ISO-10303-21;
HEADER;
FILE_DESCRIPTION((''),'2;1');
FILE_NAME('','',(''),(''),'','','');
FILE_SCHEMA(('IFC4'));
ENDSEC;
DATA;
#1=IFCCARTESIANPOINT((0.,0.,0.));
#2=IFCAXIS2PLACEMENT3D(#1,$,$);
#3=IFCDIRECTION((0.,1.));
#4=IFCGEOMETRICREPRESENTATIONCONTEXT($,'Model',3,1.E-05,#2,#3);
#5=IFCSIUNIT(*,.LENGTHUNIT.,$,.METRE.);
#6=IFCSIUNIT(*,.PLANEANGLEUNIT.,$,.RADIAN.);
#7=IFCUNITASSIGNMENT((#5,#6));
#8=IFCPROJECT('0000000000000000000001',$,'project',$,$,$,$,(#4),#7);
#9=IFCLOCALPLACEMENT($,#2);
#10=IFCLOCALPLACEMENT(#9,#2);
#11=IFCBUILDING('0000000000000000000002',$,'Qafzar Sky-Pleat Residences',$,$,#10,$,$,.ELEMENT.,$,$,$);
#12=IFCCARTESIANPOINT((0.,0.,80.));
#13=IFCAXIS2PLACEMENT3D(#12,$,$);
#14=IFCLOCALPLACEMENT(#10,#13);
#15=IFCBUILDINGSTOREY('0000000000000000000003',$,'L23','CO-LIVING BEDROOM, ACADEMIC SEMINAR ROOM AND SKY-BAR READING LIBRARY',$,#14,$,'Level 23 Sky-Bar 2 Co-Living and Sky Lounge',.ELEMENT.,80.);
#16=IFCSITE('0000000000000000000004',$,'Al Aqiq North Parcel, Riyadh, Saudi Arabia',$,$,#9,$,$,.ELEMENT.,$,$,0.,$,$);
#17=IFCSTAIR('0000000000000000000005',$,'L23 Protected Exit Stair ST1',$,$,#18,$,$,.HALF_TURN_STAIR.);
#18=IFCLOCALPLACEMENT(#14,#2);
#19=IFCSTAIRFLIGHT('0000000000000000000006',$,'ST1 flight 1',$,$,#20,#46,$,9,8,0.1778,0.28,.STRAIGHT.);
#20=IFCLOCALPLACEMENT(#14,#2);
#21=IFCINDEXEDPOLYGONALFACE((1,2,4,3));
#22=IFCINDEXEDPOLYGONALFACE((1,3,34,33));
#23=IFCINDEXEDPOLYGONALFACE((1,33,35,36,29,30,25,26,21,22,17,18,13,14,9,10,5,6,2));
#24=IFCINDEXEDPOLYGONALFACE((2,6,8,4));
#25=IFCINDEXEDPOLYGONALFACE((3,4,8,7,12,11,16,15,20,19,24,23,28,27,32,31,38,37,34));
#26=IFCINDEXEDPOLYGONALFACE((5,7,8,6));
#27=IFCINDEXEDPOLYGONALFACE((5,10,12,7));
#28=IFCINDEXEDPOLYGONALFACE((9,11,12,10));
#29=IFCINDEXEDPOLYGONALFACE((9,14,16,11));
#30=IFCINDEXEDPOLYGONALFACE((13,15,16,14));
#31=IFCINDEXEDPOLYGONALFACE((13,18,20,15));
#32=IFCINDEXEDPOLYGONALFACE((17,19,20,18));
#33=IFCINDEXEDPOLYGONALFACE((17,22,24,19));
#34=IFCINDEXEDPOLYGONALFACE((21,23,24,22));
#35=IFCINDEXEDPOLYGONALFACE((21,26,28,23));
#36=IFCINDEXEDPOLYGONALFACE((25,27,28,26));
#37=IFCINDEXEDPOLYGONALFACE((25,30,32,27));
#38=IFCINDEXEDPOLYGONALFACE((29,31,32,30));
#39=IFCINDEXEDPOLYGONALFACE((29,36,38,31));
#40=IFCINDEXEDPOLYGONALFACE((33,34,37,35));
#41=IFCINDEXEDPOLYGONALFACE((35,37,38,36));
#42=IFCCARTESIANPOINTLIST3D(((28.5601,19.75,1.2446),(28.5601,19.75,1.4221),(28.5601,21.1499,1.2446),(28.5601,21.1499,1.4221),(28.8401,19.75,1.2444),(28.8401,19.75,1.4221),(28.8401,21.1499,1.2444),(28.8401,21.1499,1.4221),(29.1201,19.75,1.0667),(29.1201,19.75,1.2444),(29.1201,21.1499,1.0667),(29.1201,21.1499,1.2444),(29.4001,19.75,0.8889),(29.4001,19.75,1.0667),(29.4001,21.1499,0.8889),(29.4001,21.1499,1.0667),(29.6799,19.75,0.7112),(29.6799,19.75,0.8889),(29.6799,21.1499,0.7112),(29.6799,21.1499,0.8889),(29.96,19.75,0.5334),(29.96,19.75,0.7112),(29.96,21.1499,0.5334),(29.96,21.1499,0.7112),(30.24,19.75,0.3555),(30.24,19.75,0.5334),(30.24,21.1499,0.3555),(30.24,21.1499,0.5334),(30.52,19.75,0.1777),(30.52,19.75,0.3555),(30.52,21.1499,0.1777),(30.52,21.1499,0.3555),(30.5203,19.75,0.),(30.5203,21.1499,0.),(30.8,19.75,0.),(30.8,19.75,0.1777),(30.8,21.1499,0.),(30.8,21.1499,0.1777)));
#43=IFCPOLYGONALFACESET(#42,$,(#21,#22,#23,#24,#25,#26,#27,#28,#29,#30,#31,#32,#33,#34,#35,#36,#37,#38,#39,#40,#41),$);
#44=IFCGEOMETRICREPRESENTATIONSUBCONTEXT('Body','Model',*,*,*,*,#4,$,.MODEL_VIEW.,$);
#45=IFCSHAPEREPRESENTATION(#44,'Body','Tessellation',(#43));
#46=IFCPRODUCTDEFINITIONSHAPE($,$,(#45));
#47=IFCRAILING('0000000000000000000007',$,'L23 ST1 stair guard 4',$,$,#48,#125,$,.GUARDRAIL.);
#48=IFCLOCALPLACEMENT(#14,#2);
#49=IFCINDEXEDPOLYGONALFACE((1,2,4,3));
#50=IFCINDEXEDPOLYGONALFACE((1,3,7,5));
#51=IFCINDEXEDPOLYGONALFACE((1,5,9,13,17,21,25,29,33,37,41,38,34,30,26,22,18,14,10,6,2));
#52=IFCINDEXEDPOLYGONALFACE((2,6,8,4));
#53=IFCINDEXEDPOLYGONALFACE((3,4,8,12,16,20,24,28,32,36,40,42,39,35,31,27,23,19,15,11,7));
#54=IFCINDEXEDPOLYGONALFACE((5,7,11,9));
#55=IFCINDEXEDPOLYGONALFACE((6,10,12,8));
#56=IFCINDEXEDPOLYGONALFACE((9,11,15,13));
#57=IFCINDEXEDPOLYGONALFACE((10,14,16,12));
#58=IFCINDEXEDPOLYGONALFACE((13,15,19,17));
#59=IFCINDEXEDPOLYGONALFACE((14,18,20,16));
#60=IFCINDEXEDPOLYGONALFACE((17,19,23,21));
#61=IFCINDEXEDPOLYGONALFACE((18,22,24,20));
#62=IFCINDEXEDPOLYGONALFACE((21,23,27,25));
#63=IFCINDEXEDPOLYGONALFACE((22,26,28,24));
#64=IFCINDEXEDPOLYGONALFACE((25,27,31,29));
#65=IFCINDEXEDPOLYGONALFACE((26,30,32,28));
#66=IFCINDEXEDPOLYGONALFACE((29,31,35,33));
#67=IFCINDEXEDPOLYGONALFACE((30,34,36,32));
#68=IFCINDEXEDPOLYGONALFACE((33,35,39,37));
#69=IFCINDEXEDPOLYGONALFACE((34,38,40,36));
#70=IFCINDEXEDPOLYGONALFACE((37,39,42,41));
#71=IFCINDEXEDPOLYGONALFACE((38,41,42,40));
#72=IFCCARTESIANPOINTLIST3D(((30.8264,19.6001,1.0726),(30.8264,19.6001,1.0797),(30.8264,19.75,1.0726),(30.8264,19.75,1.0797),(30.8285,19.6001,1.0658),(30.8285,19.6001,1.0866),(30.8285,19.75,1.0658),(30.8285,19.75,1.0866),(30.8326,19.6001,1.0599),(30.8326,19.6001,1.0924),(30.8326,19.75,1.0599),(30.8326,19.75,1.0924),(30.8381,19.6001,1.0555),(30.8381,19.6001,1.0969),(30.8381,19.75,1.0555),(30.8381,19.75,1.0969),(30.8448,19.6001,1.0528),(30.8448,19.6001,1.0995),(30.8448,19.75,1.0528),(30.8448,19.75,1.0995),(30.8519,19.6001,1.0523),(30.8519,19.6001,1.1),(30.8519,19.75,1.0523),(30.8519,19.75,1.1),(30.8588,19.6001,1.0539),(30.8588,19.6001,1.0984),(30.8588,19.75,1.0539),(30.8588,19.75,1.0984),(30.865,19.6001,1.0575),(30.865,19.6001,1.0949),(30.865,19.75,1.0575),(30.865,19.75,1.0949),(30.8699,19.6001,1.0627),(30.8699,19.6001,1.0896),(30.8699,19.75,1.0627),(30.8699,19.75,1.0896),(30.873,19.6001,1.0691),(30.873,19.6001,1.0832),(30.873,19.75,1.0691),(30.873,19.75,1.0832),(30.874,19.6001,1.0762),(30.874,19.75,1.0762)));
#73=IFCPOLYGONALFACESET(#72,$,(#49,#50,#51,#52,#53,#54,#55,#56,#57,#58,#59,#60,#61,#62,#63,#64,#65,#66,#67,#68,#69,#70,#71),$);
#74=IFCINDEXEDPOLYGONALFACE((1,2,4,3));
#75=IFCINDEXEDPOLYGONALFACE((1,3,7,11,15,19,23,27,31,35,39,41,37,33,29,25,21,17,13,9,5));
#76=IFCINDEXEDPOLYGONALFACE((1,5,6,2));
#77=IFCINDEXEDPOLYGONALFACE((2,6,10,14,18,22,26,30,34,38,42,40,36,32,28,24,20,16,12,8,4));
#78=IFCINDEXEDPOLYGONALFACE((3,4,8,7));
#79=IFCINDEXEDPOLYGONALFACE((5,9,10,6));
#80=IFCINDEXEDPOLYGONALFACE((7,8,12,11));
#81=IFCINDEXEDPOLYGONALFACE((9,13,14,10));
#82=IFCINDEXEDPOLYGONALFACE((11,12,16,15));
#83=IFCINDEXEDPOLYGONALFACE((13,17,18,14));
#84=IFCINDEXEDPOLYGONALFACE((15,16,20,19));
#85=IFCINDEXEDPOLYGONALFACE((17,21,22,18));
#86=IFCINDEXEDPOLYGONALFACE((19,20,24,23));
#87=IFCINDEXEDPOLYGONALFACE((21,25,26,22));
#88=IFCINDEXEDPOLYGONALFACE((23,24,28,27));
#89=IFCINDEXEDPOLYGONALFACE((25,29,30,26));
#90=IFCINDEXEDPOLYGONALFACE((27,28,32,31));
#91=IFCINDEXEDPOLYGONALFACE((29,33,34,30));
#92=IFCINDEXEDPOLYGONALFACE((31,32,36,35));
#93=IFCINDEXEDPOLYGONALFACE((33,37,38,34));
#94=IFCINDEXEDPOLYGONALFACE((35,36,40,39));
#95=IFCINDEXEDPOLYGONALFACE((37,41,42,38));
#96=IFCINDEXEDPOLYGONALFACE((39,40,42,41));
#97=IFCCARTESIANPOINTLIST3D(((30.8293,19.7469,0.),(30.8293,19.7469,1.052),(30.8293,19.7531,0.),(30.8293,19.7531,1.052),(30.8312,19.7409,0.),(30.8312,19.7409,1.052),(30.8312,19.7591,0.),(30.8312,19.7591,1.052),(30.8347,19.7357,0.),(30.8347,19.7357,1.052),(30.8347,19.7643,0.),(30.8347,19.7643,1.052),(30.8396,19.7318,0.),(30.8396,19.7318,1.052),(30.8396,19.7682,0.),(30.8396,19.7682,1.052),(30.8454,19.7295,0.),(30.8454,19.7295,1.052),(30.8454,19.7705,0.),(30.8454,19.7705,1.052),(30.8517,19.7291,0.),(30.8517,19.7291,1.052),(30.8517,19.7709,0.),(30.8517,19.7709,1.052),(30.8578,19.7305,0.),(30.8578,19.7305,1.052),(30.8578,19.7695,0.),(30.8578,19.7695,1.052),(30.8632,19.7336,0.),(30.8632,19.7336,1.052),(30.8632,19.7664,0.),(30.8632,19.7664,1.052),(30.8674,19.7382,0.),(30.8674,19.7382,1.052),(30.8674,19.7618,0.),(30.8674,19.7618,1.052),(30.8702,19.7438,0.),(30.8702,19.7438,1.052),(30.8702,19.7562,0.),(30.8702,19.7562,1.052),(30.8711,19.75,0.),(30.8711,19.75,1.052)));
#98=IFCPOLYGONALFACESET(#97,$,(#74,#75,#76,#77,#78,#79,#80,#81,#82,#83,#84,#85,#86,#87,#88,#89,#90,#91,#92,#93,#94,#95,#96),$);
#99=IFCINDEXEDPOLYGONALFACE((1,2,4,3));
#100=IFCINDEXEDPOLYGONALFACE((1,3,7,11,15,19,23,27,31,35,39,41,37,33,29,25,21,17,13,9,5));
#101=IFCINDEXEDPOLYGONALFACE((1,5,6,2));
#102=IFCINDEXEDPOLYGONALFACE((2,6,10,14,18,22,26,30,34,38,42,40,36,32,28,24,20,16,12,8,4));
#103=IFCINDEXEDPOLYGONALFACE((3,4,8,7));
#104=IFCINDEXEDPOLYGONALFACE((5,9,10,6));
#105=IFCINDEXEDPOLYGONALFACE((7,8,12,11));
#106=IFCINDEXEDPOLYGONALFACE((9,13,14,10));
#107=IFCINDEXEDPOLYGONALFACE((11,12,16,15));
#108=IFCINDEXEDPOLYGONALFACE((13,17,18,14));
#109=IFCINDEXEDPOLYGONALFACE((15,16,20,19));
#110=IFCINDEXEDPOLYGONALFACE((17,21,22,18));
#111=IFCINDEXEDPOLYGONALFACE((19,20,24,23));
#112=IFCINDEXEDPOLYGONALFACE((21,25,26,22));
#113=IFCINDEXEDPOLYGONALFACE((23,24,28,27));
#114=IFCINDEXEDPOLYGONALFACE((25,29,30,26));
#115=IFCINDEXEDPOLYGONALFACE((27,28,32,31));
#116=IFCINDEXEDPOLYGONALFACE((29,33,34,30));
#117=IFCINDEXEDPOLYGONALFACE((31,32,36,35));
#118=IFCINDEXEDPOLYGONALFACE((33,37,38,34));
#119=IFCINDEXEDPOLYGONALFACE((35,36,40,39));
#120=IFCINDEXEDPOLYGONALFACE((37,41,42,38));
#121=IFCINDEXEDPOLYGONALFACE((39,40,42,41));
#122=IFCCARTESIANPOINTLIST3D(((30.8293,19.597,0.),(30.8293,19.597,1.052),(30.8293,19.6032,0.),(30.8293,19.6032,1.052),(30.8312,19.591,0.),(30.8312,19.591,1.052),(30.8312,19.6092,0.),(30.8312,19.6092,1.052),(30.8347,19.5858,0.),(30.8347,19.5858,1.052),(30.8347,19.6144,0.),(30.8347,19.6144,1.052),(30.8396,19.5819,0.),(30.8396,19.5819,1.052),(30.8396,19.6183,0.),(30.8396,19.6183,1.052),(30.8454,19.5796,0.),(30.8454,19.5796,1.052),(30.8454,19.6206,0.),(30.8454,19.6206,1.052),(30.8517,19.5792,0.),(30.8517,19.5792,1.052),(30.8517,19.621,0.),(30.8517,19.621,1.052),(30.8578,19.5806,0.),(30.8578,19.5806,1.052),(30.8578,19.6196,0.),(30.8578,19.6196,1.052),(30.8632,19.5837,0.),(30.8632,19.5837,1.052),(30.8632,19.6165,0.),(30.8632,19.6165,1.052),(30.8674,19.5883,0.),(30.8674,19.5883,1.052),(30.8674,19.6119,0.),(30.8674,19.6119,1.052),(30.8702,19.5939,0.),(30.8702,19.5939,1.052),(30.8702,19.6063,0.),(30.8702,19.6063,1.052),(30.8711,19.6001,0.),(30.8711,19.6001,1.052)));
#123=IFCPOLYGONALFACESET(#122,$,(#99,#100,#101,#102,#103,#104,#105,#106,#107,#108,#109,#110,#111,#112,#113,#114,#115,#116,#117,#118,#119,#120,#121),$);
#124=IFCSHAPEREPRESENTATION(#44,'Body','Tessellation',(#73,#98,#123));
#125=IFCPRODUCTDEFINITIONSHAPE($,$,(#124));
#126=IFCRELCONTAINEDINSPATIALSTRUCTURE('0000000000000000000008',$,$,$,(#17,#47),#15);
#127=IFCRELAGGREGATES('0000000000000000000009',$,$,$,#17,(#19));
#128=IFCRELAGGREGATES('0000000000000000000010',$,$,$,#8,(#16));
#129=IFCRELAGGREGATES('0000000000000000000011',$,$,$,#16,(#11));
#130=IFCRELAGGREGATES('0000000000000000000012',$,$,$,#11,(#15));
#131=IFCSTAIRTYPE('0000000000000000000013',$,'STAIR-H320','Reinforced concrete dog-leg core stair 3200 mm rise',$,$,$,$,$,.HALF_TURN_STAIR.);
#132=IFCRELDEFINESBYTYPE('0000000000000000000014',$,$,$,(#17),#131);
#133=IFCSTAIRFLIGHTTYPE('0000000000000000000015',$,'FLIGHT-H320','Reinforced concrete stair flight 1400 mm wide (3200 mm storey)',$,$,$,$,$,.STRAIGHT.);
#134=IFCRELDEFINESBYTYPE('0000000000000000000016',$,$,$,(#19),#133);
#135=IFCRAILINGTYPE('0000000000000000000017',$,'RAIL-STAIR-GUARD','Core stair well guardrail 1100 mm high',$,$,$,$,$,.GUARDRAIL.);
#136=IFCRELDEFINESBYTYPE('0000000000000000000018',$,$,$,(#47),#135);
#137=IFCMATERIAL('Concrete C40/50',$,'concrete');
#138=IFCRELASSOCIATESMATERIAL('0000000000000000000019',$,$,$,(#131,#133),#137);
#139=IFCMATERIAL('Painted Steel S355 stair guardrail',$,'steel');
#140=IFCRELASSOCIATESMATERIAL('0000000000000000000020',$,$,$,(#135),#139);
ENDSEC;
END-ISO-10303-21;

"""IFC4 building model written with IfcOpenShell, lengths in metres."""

from ifc_helpers import new_model, si_unit, direction, frame, origin, origin_2d, place, context, subcontext, project, spatial, polyline, circle, outline, extrude, source, transform, mapped, material, type_object, element, aggregate, save


model = new_model("IFC4")

# Units and contexts
model_context = context("Model", 3, precision=1e-05, world=origin(), true_north=direction((0.0, 1.0)))
body_context = subcontext(model_context, "Body", "Model", "MODEL_VIEW")
ifc_project = project(units=[si_unit("LENGTHUNIT", "METRE"), si_unit("PLANEANGLEUNIT", "RADIAN")], contexts=[model_context])

# Site, building, storey
site_placement = place(None, origin())
site = spatial("IfcSite", under=ifc_project, at=site_placement, Name="Al Aqiq North Parcel, Riyadh, Saudi Arabia", CompositionType="ELEMENT", RefElevation=0.0)
building_placement = place(site_placement, origin())
building = spatial("IfcBuilding", under=site, at=building_placement, Name="Qafzar Sky-Pleat Residences", CompositionType="ELEMENT")
storey_placement = place(building_placement, frame((0.0, 0.0, 80.0)))
storey = spatial("IfcBuildingStorey", under=building, at=storey_placement, Name="L23", Description="CO-LIVING BEDROOM, ACADEMIC SEMINAR ROOM AND SKY-BAR READING LIBRARY", LongName="Level 23 Sky-Bar 2 Co-Living and Sky Lounge", CompositionType="ELEMENT", Elevation=80.0)

# Stair, stair flight
ifc_material_1 = material(Name="Concrete C40/50", Category="concrete")
stair_type = type_object("IfcStairType", Name="STAIR-H320", Description="Reinforced concrete dog-leg core stair 3200 mm rise", PredefinedType="HALF_TURN_STAIR", material=ifc_material_1)
stair_placement = place(storey_placement, origin())
stair = element("IfcStair", 1, at=stair_placement, inside=storey, type_object=stair_type, Name="L23 Protected Exit Stair ST1", PredefinedType="HALF_TURN_STAIR")
stair_flight_type = type_object("IfcStairFlightType", Name="FLIGHT-H320", Description="Reinforced concrete stair flight 1400 mm wide (3200 mm storey)", PredefinedType="STRAIGHT", material=ifc_material_1)
shared_shape_1 = source(origin(), body_context, "Body", "SweptSolid", [
    extrude(outline(polyline([(0.0, 0.0), (0.0, 0.1777), (0.28, 0.1777), (0.28, 0.3555), (0.5601, 0.3555), (0.5601, 0.5334), (0.8401, 0.5334), (0.8401, 0.7112), (1.1201, 0.7112), (1.1201, 0.8889), (1.3999, 0.8889), (1.3999, 1.0667), (1.6799, 1.0667), (1.6799, 1.2444), (1.96, 1.2444), (1.96, 1.4221), (2.24, 1.4221), (2.24, 1.6001), (2.24, 1.2446), (0.2798, 0.0), (0.0, 0.0)])), frame((0.0, 0.7, 0.0), z_axis=(0.0, -1.0, 0.0), x_axis=(1.0, 0.0, 0.0)), (0.0, 0.0, 1.0), 1.3999),
])
stair_flight_placement = place(storey_placement, frame((30.8, 20.45, 0.0), z_axis=(0.0, 0.0, 1.0), x_axis=(-1.0, 0.0, 0.0)))
stair_flight = element("IfcStairFlight", 2, at=stair_flight_placement, type_object=stair_flight_type, Name="ST1 flight 1", NumberOfRisers=9, NumberOfTreads=8, PredefinedType="STRAIGHT", RiserHeight=0.1778, TreadLength=0.28, context=body_context, shape_type="MappedRepresentation", body=[
    mapped(shared_shape_1, transform((0.0, 0.0, 0.0), x_axis=(1.0, 0.0, 0.0), y_axis=(0.0, 1.0, 0.0), z_axis=(0.0, 0.0, 1.0), scale=1.0)),
])
aggregate(stair, [stair_flight])

# Railing
ifc_material_2 = material(Name="Painted Steel S355 stair guardrail", Category="steel")
railing_type_1 = type_object("IfcRailingType", Name="RAIL-STAIR-GUARD", Description="Core stair well guardrail 1100 mm high", PredefinedType="GUARDRAIL", material=ifc_material_2)
shared_shape_2 = source(origin(), body_context, "Body", "SweptSolid", [
    extrude(circle(Radius=0.0239, at=origin_2d()), frame((0.0, 0.0, 1.0762), z_axis=(0.0, -1.0, 0.0), x_axis=(1.0, 0.0, 0.0)), (0.0, 0.0, 1.0), 0.1499),
    extrude(circle(Radius=0.021, at=origin_2d()), origin(), (0.0, 0.0, 1.0), 1.052),
    extrude(circle(Radius=0.021, at=origin_2d()), frame((0.0, -0.1499, 0.0)), (0.0, 0.0, 1.0), 1.052),
])
railing_1_placement = place(storey_placement, frame((30.8501, 19.75, 0.0)))
element("IfcRailing", 3, at=railing_1_placement, inside=storey, type_object=railing_type_1, Name="L23 ST1 stair guard 4", PredefinedType="GUARDRAIL", context=body_context, shape_type="MappedRepresentation", body=[
    mapped(shared_shape_2, transform((0.0, 0.0, 0.0), x_axis=(1.0, 0.0, 0.0), y_axis=(0.0, 1.0, 0.0), z_axis=(0.0, 0.0, 1.0), scale=1.0)),
])

save(model, "model.ifc")
